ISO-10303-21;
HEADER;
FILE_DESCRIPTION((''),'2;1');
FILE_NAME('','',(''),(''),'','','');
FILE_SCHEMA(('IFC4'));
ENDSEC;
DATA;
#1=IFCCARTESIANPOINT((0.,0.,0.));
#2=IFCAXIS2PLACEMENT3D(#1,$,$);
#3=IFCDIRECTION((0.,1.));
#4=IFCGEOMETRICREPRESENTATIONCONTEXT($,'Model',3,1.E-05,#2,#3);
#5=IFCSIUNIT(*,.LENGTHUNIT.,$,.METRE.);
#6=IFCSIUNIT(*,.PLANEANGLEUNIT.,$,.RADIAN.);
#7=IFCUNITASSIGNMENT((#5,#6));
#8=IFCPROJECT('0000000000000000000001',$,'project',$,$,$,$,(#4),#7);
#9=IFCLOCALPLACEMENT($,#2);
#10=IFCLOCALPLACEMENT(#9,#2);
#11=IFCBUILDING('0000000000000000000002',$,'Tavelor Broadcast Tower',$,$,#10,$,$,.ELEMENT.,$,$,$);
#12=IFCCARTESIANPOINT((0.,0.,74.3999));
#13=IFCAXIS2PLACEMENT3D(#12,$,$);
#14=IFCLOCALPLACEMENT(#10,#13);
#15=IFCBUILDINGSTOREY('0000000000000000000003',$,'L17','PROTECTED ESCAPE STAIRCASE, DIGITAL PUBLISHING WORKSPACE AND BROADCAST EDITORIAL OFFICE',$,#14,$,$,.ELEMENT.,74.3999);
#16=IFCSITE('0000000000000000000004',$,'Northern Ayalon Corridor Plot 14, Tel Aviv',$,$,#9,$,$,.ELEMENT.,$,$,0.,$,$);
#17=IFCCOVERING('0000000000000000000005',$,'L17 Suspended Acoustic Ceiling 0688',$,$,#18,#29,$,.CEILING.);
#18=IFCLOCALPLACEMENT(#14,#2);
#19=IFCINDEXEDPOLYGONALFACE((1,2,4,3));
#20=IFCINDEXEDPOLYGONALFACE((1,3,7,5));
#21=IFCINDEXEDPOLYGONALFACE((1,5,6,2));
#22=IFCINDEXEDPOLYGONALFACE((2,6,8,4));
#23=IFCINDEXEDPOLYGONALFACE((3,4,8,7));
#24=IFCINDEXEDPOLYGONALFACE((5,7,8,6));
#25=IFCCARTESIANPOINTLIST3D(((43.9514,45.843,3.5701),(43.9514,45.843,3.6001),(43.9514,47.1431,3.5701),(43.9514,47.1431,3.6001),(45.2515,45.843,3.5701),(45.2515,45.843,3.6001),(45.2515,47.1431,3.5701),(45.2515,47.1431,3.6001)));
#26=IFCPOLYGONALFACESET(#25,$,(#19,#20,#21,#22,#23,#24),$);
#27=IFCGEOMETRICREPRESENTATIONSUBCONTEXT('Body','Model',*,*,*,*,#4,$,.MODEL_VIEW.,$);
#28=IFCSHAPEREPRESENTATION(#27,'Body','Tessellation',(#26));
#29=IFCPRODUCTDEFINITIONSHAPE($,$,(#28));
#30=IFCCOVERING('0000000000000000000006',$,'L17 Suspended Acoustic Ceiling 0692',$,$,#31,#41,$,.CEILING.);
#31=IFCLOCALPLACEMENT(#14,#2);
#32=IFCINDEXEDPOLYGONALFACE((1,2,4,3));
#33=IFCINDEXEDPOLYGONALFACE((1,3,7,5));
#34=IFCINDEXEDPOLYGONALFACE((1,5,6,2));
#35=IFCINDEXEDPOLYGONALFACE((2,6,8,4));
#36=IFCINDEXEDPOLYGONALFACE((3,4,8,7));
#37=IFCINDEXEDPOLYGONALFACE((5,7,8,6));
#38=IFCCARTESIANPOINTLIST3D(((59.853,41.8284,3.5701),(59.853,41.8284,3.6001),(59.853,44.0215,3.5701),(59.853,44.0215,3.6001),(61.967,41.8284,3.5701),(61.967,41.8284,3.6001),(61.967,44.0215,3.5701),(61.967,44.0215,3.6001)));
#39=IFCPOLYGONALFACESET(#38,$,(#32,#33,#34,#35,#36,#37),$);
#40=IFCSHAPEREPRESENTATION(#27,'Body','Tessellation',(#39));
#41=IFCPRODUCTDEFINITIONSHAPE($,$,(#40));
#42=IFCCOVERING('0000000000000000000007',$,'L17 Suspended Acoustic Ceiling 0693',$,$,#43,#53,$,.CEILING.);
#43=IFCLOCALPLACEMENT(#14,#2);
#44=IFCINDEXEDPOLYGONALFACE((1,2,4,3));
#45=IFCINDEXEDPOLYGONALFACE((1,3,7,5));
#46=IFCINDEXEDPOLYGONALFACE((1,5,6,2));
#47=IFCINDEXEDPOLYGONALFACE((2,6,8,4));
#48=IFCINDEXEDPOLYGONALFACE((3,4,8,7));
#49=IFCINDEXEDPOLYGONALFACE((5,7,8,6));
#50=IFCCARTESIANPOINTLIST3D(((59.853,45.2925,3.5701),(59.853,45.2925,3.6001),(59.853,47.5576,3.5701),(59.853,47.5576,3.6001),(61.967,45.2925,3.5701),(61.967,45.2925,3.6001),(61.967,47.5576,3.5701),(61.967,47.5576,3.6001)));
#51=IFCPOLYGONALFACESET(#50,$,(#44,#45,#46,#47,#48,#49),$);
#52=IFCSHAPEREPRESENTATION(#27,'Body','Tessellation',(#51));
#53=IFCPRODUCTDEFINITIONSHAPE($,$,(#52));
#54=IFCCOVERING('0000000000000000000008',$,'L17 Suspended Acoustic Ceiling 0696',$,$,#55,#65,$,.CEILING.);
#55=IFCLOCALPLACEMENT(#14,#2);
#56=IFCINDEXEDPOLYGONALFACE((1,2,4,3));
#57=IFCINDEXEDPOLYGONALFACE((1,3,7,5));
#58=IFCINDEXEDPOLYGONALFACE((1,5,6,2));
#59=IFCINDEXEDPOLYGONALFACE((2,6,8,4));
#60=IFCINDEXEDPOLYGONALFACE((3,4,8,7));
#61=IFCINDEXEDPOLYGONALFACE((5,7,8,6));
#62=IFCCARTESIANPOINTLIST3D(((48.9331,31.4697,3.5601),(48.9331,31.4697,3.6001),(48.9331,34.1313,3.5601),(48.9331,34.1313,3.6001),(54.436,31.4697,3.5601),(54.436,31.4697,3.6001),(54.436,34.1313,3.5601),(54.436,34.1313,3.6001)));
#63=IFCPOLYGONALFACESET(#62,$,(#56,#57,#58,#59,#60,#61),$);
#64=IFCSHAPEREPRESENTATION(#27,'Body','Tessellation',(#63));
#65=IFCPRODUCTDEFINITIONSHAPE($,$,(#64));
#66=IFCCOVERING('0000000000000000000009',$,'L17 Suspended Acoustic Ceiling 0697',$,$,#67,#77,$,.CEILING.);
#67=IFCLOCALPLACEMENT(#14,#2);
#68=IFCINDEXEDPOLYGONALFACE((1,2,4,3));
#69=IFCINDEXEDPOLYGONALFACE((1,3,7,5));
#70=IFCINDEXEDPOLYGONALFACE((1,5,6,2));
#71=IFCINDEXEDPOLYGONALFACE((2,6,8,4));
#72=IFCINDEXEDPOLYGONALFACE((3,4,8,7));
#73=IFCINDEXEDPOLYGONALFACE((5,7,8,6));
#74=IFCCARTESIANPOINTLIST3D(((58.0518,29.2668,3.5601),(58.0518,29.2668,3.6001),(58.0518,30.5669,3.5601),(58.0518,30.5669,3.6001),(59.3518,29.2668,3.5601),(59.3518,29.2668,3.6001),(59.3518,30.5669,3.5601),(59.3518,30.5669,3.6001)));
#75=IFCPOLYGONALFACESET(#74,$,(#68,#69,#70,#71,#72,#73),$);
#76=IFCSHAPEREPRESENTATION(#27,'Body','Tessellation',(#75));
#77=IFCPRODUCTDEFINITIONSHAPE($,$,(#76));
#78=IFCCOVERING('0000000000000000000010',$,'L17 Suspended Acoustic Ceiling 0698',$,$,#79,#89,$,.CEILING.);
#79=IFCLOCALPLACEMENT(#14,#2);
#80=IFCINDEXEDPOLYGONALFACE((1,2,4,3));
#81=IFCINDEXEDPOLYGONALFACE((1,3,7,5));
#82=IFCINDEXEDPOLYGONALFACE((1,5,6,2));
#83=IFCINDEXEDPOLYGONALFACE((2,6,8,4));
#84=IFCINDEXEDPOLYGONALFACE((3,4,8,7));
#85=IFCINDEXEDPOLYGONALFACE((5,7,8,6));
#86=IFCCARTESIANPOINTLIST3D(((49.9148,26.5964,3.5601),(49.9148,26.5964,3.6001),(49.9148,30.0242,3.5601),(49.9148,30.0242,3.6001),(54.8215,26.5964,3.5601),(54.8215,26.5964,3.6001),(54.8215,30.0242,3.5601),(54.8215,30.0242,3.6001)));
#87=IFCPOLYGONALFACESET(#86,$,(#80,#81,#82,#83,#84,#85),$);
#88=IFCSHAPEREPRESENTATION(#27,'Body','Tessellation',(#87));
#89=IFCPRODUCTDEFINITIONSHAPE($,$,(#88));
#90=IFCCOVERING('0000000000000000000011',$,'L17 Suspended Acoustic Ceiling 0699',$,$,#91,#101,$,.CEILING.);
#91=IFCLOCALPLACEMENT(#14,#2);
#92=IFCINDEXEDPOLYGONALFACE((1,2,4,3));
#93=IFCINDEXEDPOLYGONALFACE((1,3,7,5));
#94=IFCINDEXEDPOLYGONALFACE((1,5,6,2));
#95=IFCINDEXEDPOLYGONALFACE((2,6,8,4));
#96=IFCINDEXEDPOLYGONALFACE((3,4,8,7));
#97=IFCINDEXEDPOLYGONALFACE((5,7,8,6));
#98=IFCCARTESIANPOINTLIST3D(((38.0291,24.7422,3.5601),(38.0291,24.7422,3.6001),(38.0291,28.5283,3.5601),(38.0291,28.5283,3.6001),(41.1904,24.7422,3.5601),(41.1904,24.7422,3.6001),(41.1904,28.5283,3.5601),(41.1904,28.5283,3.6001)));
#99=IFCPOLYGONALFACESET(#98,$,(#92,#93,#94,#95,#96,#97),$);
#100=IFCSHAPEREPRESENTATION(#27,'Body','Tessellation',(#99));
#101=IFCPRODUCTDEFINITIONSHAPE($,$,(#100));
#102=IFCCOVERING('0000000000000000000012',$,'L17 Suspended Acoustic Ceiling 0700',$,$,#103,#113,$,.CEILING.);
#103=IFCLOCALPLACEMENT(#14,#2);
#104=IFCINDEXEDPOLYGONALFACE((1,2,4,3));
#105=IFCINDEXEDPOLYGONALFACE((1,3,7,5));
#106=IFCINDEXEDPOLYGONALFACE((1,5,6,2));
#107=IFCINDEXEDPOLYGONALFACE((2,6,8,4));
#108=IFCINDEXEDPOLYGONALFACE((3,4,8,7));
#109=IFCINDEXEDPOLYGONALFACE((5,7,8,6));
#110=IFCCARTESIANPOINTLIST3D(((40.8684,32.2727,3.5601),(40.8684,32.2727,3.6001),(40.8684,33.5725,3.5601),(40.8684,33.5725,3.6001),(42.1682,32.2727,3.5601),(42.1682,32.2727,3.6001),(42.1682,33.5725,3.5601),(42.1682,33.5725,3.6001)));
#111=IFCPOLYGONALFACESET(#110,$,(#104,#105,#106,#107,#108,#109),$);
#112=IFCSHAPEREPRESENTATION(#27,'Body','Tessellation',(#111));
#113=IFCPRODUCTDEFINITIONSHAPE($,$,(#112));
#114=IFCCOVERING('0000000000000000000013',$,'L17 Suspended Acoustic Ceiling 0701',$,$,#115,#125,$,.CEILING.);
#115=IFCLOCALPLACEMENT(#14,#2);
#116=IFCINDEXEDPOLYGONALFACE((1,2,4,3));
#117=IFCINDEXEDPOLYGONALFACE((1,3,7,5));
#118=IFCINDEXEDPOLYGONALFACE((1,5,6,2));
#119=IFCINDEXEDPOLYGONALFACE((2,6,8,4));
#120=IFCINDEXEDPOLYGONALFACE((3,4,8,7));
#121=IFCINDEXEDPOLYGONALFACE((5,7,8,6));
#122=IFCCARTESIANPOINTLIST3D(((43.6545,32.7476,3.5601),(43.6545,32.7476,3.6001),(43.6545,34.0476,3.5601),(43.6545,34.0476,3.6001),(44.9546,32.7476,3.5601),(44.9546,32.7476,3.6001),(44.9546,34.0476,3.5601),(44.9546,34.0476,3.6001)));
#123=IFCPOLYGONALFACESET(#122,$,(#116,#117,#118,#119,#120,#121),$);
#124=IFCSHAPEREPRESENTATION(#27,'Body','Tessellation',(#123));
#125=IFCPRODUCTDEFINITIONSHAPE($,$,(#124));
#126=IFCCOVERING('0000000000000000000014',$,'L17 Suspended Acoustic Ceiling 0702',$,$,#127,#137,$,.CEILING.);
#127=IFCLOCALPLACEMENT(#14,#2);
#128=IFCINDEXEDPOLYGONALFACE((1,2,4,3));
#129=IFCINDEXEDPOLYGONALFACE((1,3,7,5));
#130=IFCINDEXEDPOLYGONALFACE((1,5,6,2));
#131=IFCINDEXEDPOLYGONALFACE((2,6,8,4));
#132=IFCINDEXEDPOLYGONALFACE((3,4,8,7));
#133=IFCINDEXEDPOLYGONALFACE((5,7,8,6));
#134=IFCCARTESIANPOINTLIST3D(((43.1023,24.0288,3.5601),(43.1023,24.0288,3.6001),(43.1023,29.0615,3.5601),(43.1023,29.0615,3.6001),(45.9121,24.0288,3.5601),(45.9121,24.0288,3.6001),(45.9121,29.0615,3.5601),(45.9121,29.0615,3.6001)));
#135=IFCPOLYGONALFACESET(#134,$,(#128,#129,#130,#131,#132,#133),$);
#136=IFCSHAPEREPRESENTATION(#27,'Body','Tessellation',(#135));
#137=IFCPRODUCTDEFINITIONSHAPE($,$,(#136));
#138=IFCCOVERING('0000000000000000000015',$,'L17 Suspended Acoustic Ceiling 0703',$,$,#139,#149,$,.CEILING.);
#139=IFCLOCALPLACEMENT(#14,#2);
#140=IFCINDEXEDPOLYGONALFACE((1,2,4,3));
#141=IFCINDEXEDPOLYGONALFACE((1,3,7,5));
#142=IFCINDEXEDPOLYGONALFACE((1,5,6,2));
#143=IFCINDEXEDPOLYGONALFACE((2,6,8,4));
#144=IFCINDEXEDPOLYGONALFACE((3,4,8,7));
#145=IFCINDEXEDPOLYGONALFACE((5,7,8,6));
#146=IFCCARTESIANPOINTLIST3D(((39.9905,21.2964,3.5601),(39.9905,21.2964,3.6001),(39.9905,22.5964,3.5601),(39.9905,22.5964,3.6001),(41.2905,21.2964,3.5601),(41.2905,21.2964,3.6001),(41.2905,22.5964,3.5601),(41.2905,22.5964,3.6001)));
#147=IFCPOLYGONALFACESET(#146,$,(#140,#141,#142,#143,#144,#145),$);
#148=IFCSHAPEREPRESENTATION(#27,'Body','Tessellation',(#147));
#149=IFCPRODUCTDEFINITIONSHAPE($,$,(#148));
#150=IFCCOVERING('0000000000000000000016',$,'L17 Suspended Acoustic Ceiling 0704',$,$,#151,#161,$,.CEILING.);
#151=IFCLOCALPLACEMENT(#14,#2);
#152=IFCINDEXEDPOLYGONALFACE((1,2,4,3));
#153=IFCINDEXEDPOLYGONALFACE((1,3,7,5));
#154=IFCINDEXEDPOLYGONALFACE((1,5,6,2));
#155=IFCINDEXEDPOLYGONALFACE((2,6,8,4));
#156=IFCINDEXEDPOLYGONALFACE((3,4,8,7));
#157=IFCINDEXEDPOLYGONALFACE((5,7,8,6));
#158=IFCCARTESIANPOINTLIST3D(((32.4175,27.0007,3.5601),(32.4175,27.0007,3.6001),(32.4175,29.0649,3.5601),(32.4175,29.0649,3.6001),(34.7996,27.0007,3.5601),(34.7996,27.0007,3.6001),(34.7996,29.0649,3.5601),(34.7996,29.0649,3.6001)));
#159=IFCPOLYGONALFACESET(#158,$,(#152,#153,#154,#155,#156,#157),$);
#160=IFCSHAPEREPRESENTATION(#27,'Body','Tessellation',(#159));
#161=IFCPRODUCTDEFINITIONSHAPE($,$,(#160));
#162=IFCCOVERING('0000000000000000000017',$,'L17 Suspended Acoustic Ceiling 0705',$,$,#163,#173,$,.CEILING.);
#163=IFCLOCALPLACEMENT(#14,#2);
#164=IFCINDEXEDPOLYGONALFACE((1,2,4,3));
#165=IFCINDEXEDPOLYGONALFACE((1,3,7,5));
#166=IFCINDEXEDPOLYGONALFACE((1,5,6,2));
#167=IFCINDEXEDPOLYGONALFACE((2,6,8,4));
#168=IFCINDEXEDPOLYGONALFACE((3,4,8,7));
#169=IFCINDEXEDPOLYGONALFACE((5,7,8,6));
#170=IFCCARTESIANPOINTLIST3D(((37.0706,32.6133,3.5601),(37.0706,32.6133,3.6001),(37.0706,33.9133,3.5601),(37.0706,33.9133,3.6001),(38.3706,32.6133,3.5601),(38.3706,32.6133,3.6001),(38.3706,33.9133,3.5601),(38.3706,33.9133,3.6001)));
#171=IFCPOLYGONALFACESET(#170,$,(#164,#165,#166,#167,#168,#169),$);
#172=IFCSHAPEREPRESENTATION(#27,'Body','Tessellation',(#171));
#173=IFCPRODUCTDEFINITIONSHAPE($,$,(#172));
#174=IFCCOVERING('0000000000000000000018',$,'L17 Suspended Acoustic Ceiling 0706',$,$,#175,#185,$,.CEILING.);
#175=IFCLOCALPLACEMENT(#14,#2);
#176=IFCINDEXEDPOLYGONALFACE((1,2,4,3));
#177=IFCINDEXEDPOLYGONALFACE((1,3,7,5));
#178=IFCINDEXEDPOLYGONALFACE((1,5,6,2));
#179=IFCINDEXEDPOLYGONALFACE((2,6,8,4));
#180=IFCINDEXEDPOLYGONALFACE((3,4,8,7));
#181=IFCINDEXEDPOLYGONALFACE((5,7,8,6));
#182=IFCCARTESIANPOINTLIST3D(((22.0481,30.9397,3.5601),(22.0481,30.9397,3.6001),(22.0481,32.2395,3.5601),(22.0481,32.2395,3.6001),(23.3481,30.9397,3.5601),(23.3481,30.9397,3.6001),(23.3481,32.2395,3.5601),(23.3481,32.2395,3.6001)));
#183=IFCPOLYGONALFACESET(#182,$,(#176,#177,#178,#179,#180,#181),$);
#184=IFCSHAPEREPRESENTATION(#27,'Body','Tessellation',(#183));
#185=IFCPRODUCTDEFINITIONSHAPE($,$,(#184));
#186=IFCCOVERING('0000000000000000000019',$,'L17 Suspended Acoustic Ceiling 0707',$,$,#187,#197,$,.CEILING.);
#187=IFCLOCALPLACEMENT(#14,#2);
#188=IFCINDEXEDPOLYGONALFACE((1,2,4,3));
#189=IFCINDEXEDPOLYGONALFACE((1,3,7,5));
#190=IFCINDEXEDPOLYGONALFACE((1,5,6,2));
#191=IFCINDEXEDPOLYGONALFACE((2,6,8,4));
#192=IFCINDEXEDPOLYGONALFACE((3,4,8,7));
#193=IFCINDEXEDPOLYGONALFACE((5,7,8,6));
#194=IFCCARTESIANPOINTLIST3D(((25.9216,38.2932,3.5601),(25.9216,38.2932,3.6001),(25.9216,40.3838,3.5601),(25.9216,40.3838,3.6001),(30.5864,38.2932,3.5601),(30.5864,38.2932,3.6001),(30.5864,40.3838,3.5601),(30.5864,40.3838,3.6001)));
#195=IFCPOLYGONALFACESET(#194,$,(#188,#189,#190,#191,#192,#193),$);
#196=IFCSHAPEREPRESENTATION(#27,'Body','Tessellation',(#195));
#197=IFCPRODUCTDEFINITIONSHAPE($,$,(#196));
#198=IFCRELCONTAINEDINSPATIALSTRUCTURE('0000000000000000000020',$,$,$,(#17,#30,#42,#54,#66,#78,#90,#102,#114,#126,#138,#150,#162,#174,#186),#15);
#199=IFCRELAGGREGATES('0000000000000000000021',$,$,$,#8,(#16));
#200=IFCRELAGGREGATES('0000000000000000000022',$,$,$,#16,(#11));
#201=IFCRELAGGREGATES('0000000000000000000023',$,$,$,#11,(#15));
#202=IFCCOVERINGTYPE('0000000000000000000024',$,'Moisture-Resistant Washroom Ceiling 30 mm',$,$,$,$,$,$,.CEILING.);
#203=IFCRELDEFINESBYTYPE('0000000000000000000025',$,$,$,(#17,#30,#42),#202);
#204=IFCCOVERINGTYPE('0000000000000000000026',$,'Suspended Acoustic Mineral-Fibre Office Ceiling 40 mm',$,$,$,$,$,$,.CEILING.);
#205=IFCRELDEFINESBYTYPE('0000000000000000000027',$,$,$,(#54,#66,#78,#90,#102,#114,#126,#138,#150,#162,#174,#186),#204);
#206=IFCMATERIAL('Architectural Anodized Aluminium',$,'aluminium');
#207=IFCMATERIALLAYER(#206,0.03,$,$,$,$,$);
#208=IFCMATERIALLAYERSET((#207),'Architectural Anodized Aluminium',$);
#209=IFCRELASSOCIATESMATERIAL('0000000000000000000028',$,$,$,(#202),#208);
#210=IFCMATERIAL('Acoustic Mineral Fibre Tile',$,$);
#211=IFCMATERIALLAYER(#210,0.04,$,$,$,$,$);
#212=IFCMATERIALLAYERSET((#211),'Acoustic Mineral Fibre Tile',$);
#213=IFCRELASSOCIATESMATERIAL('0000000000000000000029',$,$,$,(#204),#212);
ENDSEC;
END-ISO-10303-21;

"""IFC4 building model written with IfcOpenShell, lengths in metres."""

from ifc_helpers import new_model, si_unit, direction, frame, origin, place, context, subcontext, project, spatial, polyline, outline, extrude, material, layer, layer_set, type_object, element, save


model = new_model("IFC4")

# Units and contexts
model_context = context("Model", 3, precision=1e-05, world=origin(), true_north=direction((0.0, 1.0)))
body_context = subcontext(model_context, "Body", "Model", "MODEL_VIEW")
ifc_project = project(units=[si_unit("LENGTHUNIT", "METRE"), si_unit("PLANEANGLEUNIT", "RADIAN")], contexts=[model_context])

# Site, building, storey
site_placement = place(None, origin())
site = spatial("IfcSite", under=ifc_project, at=site_placement, Name="Northern Ayalon Corridor Plot 14, Tel Aviv", CompositionType="ELEMENT", RefElevation=0.0)
building_placement = place(site_placement, origin())
building = spatial("IfcBuilding", under=site, at=building_placement, Name="Tavelor Broadcast Tower", CompositionType="ELEMENT")
storey_placement = place(building_placement, frame((0.0, 0.0, 74.3999)))
storey = spatial("IfcBuildingStorey", under=building, at=storey_placement, Name="L17", Description="PROTECTED ESCAPE STAIRCASE, DIGITAL PUBLISHING WORKSPACE AND BROADCAST EDITORIAL OFFICE", CompositionType="ELEMENT", Elevation=74.3999)

# Coverings
ifc_material_1 = material(Name="Architectural Anodized Aluminium", Category="aluminium")
ifc_layer_1 = layer(ifc_material_1, 0.03)
ifc_layer_set_1 = layer_set([ifc_layer_1], Name="Architectural Anodized Aluminium")
covering_type_1 = type_object("IfcCoveringType", Name="Moisture-Resistant Washroom Ceiling 30 mm", PredefinedType="CEILING", material=ifc_layer_set_1)
covering_1_placement = place(storey_placement, frame((0.0, 0.0, 3.5701)))
element("IfcCovering", 1, at=covering_1_placement, inside=storey, type_object=covering_type_1, Name="L17 Suspended Acoustic Ceiling 0688", PredefinedType="CEILING", context=body_context, shape_type="SweptSolid", body=[
    extrude(outline(polyline([(43.9514, 45.843), (45.2515, 45.843), (45.2515, 47.1431), (43.9514, 47.1431), (43.9514, 45.843)])), origin(), (0.0, 0.0, 1.0), 0.03),
])
covering_2_placement = place(storey_placement, frame((0.0, 0.0, 3.5701)))
element("IfcCovering", 2, at=covering_2_placement, inside=storey, type_object=covering_type_1, Name="L17 Suspended Acoustic Ceiling 0692", PredefinedType="CEILING", context=body_context, shape_type="SweptSolid", body=[
    extrude(outline(polyline([(59.853, 41.8284), (61.967, 41.8284), (61.967, 44.0215), (59.853, 44.0215), (59.853, 41.8284)])), origin(), (0.0, 0.0, 1.0), 0.03),
])
covering_3_placement = place(storey_placement, frame((0.0, 0.0, 3.5701)))
element("IfcCovering", 3, at=covering_3_placement, inside=storey, type_object=covering_type_1, Name="L17 Suspended Acoustic Ceiling 0693", PredefinedType="CEILING", context=body_context, shape_type="SweptSolid", body=[
    extrude(outline(polyline([(59.853, 45.2925), (61.967, 45.2925), (61.967, 47.5576), (59.853, 47.5576), (59.853, 45.2925)])), origin(), (0.0, 0.0, 1.0), 0.03),
])
ifc_material_2 = material(Name="Acoustic Mineral Fibre Tile")
ifc_layer_2 = layer(ifc_material_2, 0.04)
ifc_layer_set_2 = layer_set([ifc_layer_2], Name="Acoustic Mineral Fibre Tile")
covering_type_2 = type_object("IfcCoveringType", Name="Suspended Acoustic Mineral-Fibre Office Ceiling 40 mm", PredefinedType="CEILING", material=ifc_layer_set_2)
covering_4_placement = place(storey_placement, frame((0.0, 0.0, 3.5601)))
element("IfcCovering", 4, at=covering_4_placement, inside=storey, type_object=covering_type_2, Name="L17 Suspended Acoustic Ceiling 0696", PredefinedType="CEILING", context=body_context, shape_type="SweptSolid", body=[
    extrude(outline(polyline([(48.9331, 31.4697), (54.436, 31.4697), (54.436, 34.1313), (48.9331, 34.1313), (48.9331, 31.4697)])), origin(), (0.0, 0.0, 1.0), 0.04),
])
covering_5_placement = place(storey_placement, frame((0.0, 0.0, 3.5601)))
element("IfcCovering", 5, at=covering_5_placement, inside=storey, type_object=covering_type_2, Name="L17 Suspended Acoustic Ceiling 0697", PredefinedType="CEILING", context=body_context, shape_type="SweptSolid", body=[
    extrude(outline(polyline([(58.0518, 29.2668), (59.3518, 29.2668), (59.3518, 30.5669), (58.0518, 30.5669), (58.0518, 29.2668)])), origin(), (0.0, 0.0, 1.0), 0.04),
])
covering_6_placement = place(storey_placement, frame((0.0, 0.0, 3.5601)))
element("IfcCovering", 6, at=covering_6_placement, inside=storey, type_object=covering_type_2, Name="L17 Suspended Acoustic Ceiling 0698", PredefinedType="CEILING", context=body_context, shape_type="SweptSolid", body=[
    extrude(outline(polyline([(49.9148, 26.5964), (54.8215, 26.5964), (54.8215, 30.0242), (49.9148, 30.0242), (49.9148, 26.5964)])), origin(), (0.0, 0.0, 1.0), 0.04),
])
covering_7_placement = place(storey_placement, frame((0.0, 0.0, 3.5601)))
element("IfcCovering", 7, at=covering_7_placement, inside=storey, type_object=covering_type_2, Name="L17 Suspended Acoustic Ceiling 0699", PredefinedType="CEILING", context=body_context, shape_type="SweptSolid", body=[
    extrude(outline(polyline([(38.0291, 24.7422), (41.1904, 24.7422), (41.1904, 28.5283), (38.0291, 28.5283), (38.0291, 24.7422)])), origin(), (0.0, 0.0, 1.0), 0.04),
])
covering_8_placement = place(storey_placement, frame((0.0, 0.0, 3.5601)))
element("IfcCovering", 8, at=covering_8_placement, inside=storey, type_object=covering_type_2, Name="L17 Suspended Acoustic Ceiling 0700", PredefinedType="CEILING", context=body_context, shape_type="SweptSolid", body=[
    extrude(outline(polyline([(40.8684, 32.2727), (42.1682, 32.2727), (42.1682, 33.5725), (40.8684, 33.5725), (40.8684, 32.2727)])), origin(), (0.0, 0.0, 1.0), 0.04),
])
covering_9_placement = place(storey_placement, frame((0.0, 0.0, 3.5601)))
element("IfcCovering", 9, at=covering_9_placement, inside=storey, type_object=covering_type_2, Name="L17 Suspended Acoustic Ceiling 0701", PredefinedType="CEILING", context=body_context, shape_type="SweptSolid", body=[
    extrude(outline(polyline([(43.6545, 32.7476), (44.9546, 32.7476), (44.9546, 34.0476), (43.6545, 34.0476), (43.6545, 32.7476)])), origin(), (0.0, 0.0, 1.0), 0.04),
])
covering_10_placement = place(storey_placement, frame((0.0, 0.0, 3.5601)))
element("IfcCovering", 10, at=covering_10_placement, inside=storey, type_object=covering_type_2, Name="L17 Suspended Acoustic Ceiling 0702", PredefinedType="CEILING", context=body_context, shape_type="SweptSolid", body=[
    extrude(outline(polyline([(43.1023, 24.0288), (45.9121, 24.0288), (45.9121, 29.0615), (43.1023, 29.0615), (43.1023, 24.0288)])), origin(), (0.0, 0.0, 1.0), 0.04),
])
covering_11_placement = place(storey_placement, frame((0.0, 0.0, 3.5601)))
element("IfcCovering", 11, at=covering_11_placement, inside=storey, type_object=covering_type_2, Name="L17 Suspended Acoustic Ceiling 0703", PredefinedType="CEILING", context=body_context, shape_type="SweptSolid", body=[
    extrude(outline(polyline([(39.9905, 21.2964), (41.2905, 21.2964), (41.2905, 22.5964), (39.9905, 22.5964), (39.9905, 21.2964)])), origin(), (0.0, 0.0, 1.0), 0.04),
])
covering_12_placement = place(storey_placement, frame((0.0, 0.0, 3.5601)))
element("IfcCovering", 12, at=covering_12_placement, inside=storey, type_object=covering_type_2, Name="L17 Suspended Acoustic Ceiling 0704", PredefinedType="CEILING", context=body_context, shape_type="SweptSolid", body=[
    extrude(outline(polyline([(32.4175, 27.0007), (34.7996, 27.0007), (34.7996, 29.0649), (32.4175, 29.0649), (32.4175, 27.0007)])), origin(), (0.0, 0.0, 1.0), 0.04),
])
covering_13_placement = place(storey_placement, frame((0.0, 0.0, 3.5601)))
element("IfcCovering", 13, at=covering_13_placement, inside=storey, type_object=covering_type_2, Name="L17 Suspended Acoustic Ceiling 0705", PredefinedType="CEILING", context=body_context, shape_type="SweptSolid", body=[
    extrude(outline(polyline([(37.0706, 32.6133), (38.3706, 32.6133), (38.3706, 33.9133), (37.0706, 33.9133), (37.0706, 32.6133)])), origin(), (0.0, 0.0, 1.0), 0.04),
])
covering_14_placement = place(storey_placement, frame((0.0, 0.0, 3.5601)))
element("IfcCovering", 14, at=covering_14_placement, inside=storey, type_object=covering_type_2, Name="L17 Suspended Acoustic Ceiling 0706", PredefinedType="CEILING", context=body_context, shape_type="SweptSolid", body=[
    extrude(outline(polyline([(22.0481, 30.9397), (23.3481, 30.9397), (23.3481, 32.2395), (22.0481, 32.2395), (22.0481, 30.9397)])), origin(), (0.0, 0.0, 1.0), 0.04),
])
covering_15_placement = place(storey_placement, frame((0.0, 0.0, 3.5601)))
element("IfcCovering", 15, at=covering_15_placement, inside=storey, type_object=covering_type_2, Name="L17 Suspended Acoustic Ceiling 0707", PredefinedType="CEILING", context=body_context, shape_type="SweptSolid", body=[
    extrude(outline(polyline([(25.9216, 38.2932), (30.5864, 38.2932), (30.5864, 40.3838), (25.9216, 40.3838), (25.9216, 38.2932)])), origin(), (0.0, 0.0, 1.0), 0.04),
])

save(model, "model.ifc")
